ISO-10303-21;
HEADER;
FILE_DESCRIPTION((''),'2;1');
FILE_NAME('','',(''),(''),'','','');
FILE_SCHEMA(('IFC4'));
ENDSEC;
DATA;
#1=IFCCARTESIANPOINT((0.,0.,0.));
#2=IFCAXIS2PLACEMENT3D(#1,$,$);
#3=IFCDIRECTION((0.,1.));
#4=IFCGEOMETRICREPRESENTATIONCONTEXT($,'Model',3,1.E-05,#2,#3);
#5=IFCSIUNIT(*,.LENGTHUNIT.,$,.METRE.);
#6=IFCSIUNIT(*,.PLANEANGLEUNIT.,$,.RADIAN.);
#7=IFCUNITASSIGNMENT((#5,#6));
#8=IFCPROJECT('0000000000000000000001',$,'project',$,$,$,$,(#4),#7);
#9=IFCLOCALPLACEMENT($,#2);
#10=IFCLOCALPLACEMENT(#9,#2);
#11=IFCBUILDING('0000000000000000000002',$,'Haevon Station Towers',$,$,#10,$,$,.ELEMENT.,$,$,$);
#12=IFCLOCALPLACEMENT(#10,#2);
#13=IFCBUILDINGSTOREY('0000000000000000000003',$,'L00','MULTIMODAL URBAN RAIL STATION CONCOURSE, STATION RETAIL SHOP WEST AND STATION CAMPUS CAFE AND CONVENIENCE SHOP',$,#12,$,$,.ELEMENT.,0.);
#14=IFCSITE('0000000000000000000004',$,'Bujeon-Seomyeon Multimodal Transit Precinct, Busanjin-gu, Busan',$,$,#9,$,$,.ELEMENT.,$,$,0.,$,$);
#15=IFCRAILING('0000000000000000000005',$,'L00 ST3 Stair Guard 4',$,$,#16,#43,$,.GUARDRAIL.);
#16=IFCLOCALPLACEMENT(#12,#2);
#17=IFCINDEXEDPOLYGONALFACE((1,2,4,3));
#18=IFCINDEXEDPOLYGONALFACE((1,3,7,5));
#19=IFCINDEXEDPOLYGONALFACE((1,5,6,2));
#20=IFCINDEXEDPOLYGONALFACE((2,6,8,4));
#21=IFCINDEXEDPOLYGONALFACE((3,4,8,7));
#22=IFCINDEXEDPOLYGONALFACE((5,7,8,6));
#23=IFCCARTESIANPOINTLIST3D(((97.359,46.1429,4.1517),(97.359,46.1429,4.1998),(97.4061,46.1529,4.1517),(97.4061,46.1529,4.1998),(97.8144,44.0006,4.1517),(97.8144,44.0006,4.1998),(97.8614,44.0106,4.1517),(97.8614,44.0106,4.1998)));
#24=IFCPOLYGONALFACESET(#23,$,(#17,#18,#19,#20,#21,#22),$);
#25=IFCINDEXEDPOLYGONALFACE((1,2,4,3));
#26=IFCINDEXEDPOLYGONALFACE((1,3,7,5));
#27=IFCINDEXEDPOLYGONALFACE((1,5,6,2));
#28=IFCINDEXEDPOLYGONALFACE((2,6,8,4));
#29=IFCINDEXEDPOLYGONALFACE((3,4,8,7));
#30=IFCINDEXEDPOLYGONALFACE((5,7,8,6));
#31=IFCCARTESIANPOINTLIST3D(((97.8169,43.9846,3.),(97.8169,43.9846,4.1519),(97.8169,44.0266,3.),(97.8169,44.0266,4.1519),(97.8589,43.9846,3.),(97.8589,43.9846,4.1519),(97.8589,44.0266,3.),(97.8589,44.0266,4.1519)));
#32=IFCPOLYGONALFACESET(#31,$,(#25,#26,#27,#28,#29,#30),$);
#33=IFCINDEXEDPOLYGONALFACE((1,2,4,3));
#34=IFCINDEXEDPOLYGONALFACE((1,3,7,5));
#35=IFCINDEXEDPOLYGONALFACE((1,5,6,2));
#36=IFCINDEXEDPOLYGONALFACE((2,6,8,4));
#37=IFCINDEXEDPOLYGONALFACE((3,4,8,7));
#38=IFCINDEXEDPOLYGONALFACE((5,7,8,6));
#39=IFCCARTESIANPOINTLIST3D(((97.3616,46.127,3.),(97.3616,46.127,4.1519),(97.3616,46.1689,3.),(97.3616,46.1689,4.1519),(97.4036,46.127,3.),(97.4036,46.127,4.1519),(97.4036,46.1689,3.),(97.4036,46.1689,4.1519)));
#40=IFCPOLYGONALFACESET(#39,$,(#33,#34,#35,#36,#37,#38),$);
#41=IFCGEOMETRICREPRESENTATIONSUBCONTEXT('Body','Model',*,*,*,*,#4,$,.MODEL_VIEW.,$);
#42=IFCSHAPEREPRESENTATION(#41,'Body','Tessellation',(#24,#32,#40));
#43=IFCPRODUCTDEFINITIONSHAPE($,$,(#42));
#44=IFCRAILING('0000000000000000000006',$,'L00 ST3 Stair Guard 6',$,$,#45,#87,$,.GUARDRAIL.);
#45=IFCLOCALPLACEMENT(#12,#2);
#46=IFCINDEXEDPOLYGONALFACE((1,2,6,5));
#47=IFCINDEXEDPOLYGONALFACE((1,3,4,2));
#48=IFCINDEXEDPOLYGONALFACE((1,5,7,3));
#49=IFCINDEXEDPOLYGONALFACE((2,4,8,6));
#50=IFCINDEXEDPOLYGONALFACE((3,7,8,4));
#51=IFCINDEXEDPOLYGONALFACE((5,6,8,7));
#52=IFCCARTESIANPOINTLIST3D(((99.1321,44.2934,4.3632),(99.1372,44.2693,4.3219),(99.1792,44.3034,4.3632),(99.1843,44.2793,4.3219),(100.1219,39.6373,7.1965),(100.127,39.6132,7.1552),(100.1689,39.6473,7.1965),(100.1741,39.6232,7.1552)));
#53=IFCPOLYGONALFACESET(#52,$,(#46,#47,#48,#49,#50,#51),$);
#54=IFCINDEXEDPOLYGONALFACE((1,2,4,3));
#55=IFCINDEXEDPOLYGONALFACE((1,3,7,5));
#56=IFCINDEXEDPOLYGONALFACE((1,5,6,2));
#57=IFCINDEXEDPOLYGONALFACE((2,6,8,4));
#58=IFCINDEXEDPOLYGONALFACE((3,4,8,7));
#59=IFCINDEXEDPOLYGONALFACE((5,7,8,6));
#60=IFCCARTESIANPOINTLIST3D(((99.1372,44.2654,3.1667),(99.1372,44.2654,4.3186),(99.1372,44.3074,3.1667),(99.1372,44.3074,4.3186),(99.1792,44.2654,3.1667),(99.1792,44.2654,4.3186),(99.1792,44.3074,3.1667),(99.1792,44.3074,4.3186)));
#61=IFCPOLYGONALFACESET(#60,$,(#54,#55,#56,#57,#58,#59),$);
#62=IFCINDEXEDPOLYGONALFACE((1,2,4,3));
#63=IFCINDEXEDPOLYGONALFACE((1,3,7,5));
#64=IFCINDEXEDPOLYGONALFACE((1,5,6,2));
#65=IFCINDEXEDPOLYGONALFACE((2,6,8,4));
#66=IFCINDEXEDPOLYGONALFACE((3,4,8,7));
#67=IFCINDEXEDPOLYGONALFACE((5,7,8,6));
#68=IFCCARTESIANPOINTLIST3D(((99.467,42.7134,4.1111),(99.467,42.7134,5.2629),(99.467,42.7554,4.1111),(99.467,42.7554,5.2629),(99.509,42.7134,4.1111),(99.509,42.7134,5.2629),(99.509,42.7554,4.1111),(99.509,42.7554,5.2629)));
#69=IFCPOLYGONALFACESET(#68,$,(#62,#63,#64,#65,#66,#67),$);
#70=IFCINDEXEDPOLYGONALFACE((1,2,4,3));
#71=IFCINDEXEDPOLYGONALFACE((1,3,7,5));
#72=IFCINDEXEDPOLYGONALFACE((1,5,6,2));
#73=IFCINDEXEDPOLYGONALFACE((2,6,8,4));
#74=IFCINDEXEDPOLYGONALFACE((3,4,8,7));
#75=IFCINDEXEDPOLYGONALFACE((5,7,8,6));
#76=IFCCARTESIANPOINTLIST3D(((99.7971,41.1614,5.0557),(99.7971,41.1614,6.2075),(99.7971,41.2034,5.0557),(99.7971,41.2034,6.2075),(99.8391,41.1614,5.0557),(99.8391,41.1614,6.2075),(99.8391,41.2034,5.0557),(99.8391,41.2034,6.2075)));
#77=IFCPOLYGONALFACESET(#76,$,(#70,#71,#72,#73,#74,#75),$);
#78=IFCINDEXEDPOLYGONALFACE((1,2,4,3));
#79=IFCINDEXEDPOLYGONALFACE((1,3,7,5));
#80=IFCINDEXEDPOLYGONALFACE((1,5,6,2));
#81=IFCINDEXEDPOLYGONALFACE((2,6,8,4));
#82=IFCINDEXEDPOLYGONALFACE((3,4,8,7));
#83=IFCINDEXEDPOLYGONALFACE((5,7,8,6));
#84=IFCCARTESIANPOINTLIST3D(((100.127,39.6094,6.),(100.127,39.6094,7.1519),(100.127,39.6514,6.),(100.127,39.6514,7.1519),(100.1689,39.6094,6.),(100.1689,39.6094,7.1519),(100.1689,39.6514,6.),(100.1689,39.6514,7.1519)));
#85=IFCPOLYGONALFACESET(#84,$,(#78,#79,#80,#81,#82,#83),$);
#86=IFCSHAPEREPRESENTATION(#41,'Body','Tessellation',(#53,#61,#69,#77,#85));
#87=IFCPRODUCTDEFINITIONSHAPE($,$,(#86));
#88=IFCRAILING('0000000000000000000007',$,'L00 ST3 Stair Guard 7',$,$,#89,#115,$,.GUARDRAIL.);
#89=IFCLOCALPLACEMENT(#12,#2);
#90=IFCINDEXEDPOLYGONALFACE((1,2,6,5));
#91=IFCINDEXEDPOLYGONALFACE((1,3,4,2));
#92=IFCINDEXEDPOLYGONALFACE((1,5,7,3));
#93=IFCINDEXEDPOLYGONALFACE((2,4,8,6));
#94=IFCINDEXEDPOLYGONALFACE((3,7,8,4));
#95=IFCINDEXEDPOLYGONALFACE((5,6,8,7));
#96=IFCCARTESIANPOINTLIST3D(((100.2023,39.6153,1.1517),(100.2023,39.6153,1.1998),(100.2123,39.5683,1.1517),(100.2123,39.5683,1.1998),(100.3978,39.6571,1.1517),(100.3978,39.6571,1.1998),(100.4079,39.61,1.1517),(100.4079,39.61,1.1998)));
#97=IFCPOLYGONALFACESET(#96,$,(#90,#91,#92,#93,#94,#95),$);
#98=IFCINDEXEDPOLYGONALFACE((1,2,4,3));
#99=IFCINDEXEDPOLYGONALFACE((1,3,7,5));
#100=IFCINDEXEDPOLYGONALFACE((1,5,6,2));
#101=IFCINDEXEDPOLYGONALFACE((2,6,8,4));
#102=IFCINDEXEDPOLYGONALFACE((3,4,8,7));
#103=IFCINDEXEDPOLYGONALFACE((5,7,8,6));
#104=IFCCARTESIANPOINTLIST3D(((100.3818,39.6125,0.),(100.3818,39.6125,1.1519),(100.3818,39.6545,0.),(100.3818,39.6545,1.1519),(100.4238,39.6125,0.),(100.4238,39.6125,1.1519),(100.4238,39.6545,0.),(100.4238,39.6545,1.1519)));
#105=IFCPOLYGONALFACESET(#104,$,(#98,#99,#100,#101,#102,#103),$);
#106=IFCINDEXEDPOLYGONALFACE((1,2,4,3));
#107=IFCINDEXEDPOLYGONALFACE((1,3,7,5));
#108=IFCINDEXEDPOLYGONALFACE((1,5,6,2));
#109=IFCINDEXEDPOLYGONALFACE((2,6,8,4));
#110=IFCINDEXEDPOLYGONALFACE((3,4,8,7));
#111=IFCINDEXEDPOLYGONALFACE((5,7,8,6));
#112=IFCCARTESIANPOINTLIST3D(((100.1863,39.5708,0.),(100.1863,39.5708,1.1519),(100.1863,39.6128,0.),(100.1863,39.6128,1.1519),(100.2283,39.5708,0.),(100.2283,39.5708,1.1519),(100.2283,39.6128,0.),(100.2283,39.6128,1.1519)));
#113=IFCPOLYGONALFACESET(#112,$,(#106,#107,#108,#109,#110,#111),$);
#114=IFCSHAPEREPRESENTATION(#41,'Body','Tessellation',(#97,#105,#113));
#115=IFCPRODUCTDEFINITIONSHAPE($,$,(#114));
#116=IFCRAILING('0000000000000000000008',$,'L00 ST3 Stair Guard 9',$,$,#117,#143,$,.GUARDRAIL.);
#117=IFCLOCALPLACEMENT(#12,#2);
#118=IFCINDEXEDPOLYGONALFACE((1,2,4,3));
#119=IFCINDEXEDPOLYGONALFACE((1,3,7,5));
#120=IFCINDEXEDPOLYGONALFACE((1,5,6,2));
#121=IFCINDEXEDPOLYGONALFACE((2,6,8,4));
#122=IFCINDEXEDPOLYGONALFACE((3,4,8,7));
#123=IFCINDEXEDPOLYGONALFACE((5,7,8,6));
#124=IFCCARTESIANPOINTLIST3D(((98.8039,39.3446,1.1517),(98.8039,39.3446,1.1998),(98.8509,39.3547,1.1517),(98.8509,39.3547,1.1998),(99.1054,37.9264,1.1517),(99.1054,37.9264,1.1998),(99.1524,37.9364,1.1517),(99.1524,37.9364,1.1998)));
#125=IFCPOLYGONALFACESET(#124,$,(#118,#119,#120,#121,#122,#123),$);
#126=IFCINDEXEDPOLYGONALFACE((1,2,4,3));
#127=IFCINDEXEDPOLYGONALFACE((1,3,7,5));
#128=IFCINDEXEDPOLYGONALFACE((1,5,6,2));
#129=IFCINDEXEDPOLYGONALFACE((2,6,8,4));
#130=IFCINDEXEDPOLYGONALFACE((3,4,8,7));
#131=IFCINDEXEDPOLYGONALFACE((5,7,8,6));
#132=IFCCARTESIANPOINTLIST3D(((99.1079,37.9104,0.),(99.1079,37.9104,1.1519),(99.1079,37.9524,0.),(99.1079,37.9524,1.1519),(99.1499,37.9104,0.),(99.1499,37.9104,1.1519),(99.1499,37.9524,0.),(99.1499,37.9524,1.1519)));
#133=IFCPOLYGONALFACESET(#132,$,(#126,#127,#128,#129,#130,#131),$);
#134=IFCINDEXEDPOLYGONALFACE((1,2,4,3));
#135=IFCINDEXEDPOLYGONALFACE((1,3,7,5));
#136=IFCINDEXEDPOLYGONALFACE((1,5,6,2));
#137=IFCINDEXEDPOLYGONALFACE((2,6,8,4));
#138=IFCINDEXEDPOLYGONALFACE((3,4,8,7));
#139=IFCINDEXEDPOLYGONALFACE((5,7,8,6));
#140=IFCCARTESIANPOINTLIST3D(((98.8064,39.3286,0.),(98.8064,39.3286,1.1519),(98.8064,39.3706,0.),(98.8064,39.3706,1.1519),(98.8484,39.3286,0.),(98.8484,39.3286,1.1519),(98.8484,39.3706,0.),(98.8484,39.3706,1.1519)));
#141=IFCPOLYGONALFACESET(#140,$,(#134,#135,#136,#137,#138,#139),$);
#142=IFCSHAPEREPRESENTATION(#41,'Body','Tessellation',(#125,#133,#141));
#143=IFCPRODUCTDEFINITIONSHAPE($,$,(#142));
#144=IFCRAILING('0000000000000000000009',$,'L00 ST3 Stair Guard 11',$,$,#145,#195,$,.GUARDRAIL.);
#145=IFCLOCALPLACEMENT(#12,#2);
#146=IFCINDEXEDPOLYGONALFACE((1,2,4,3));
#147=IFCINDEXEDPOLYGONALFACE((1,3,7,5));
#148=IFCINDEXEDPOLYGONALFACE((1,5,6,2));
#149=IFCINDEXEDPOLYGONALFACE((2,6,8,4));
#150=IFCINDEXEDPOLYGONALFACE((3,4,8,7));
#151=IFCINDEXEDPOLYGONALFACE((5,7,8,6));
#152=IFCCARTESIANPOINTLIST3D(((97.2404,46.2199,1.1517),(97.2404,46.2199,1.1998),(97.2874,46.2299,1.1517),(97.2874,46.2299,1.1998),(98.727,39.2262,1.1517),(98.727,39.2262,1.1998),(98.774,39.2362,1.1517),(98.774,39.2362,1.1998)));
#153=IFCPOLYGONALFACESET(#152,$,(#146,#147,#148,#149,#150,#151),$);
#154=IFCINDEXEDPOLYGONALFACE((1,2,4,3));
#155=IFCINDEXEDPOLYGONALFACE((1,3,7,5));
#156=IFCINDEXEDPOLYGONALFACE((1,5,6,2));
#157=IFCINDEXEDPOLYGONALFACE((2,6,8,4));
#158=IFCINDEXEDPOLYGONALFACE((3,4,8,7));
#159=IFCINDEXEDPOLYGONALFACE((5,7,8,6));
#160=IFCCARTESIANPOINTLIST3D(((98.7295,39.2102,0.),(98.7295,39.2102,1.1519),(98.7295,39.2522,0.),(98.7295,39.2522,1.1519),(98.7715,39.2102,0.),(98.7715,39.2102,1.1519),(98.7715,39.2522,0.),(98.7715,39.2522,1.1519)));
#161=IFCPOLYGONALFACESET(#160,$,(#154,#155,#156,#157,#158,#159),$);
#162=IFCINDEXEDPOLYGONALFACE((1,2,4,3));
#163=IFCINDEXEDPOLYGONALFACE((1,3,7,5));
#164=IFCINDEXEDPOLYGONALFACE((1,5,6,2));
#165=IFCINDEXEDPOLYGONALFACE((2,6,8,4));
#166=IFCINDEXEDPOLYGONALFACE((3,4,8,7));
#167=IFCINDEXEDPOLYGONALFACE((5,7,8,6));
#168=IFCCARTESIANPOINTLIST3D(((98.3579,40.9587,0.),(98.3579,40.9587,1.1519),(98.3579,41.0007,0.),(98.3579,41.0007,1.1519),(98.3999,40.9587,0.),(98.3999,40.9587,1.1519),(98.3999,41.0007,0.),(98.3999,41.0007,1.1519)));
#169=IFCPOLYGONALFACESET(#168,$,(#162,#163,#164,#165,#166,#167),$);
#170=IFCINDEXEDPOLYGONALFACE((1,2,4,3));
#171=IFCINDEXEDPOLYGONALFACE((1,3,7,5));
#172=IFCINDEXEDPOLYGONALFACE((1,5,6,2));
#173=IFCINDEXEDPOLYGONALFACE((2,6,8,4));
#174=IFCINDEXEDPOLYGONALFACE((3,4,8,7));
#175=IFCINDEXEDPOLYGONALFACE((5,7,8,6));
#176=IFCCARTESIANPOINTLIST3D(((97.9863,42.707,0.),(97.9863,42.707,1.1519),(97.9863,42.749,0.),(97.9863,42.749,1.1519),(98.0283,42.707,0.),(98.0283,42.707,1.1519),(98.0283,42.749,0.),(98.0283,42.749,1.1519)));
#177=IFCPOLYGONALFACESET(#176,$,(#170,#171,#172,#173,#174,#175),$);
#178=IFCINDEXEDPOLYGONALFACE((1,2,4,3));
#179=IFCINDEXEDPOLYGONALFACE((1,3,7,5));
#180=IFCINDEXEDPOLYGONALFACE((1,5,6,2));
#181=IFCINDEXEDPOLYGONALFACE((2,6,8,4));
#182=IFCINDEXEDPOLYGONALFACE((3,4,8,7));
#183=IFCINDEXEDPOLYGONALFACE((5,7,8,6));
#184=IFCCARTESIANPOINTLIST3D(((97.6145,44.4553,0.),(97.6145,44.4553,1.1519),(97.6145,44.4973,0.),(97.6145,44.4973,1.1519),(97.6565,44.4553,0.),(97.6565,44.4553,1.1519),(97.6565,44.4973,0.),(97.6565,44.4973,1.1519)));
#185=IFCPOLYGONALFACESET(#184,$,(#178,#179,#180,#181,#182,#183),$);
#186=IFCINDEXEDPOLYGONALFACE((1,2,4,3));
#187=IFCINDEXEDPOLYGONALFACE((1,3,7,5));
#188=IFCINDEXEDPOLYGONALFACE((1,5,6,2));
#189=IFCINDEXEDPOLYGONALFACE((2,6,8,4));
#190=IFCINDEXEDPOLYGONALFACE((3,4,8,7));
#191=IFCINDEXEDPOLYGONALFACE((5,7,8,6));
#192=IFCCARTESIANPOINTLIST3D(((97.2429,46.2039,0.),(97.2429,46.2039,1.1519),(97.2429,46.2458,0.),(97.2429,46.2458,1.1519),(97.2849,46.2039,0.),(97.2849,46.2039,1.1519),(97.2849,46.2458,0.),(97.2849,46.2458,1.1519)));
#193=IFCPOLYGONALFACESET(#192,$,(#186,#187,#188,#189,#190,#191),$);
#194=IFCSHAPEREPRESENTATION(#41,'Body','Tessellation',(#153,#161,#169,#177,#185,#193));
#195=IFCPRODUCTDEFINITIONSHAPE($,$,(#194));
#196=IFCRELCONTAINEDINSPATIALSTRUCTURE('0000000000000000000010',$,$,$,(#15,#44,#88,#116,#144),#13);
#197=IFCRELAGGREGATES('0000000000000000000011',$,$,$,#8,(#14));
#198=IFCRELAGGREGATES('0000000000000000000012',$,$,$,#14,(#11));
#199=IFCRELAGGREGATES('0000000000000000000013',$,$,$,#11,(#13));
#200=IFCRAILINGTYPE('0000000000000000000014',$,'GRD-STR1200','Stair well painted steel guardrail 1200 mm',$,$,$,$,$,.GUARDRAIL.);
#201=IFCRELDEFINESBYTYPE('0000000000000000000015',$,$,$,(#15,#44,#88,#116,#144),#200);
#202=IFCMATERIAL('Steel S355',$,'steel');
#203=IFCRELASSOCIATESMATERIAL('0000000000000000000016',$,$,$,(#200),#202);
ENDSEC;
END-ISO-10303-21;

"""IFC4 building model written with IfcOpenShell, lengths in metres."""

from ifc_helpers import new_model, si_unit, direction, frame, origin, origin_2d, place, context, subcontext, project, spatial, rectangle, extrude, material, type_object, element, save


model = new_model("IFC4")

# Units and contexts
model_context = context("Model", 3, precision=1e-05, world=origin(), true_north=direction((0.0, 1.0)))
body_context = subcontext(model_context, "Body", "Model", "MODEL_VIEW")
ifc_project = project(units=[si_unit("LENGTHUNIT", "METRE"), si_unit("PLANEANGLEUNIT", "RADIAN")], contexts=[model_context])

# Site, building, storey
site_placement = place(None, origin())
site = spatial("IfcSite", under=ifc_project, at=site_placement, Name="Bujeon-Seomyeon Multimodal Transit Precinct, Busanjin-gu, Busan", CompositionType="ELEMENT", RefElevation=0.0)
building_placement = place(site_placement, origin())
building = spatial("IfcBuilding", under=site, at=building_placement, Name="Haevon Station Towers", CompositionType="ELEMENT")
storey_placement = place(building_placement, origin())
storey = spatial("IfcBuildingStorey", under=building, at=storey_placement, Name="L00", Description="MULTIMODAL URBAN RAIL STATION CONCOURSE, STATION RETAIL SHOP WEST AND STATION CAMPUS CAFE AND CONVENIENCE SHOP", CompositionType="ELEMENT", Elevation=0.0)

# Shared definitions
ifc_material_1 = material(Name="Steel S355", Category="steel")

# Railings
railing_type_1 = type_object("IfcRailingType", Name="GRD-STR1200", Description="Stair well painted steel guardrail 1200 mm", PredefinedType="GUARDRAIL", material=ifc_material_1)
railing_1_placement = place(storey_placement, frame((97.8379, 44.0056, 3.0)))
element("IfcRailing", 1, at=railing_1_placement, inside=storey, type_object=railing_type_1, Name="L00 ST3 Stair Guard 4", PredefinedType="GUARDRAIL", context=body_context, shape_type="SweptSolid", body=[
    extrude(rectangle(XDim=0.0481, YDim=0.0481, at=origin_2d()), frame((0.0, 0.0, 1.1758), z_axis=(-0.207892, 0.978152, 0.0), x_axis=(-0.978152, -0.207892, 0.0)), (0.0, 0.0, 1.0), 2.1902),
    extrude(rectangle(XDim=0.042, YDim=0.042, at=origin_2d()), origin(), (0.0, 0.0, 1.0), 1.1519),
    extrude(rectangle(XDim=0.042, YDim=0.042, at=origin_2d()), frame((-0.4553, 2.1423, 0.0)), (0.0, 0.0, 1.0), 1.1519),
])
railing_2_placement = place(storey_placement, frame((99.1582, 44.2864, 3.1667)))
element("IfcRailing", 2, at=railing_2_placement, inside=storey, type_object=railing_type_1, Name="L00 ST3 Stair Guard 6", PredefinedType="GUARDRAIL", context=body_context, shape_type="SweptSolid", body=[
    extrude(rectangle(XDim=0.0481, YDim=0.0481, at=origin_2d()), frame((0.0, 0.0, 1.1758), z_axis=(0.178673, -0.84052, 0.51147), x_axis=(0.978144, 0.207928, 0.0)), (0.0, 0.0, 1.0), 5.5396),
    extrude(rectangle(XDim=0.042, YDim=0.042, at=origin_2d()), origin(), (0.0, 0.0, 1.0), 1.1519),
    extrude(rectangle(XDim=0.042, YDim=0.042, at=origin_2d()), frame((0.3298, -1.552, 0.9443)), (0.0, 0.0, 1.0), 1.1519),
    extrude(rectangle(XDim=0.042, YDim=0.042, at=origin_2d()), frame((0.6599, -3.104, 1.8889)), (0.0, 0.0, 1.0), 1.1519),
    extrude(rectangle(XDim=0.042, YDim=0.042, at=origin_2d()), frame((0.9897, -4.656, 2.8333)), (0.0, 0.0, 1.0), 1.1519),
])
railing_3_placement = place(storey_placement, frame((100.4028, 39.6335, 0.0)))
element("IfcRailing", 3, at=railing_3_placement, inside=storey, type_object=railing_type_1, Name="L00 ST3 Stair Guard 7", PredefinedType="GUARDRAIL", context=body_context, shape_type="SweptSolid", body=[
    extrude(rectangle(XDim=0.0481, YDim=0.0481, at=origin_2d()), frame((0.0, 0.0, 1.1758), z_axis=(-0.977963, -0.208779, 0.0), x_axis=(0.208779, -0.977963, 0.0)), (0.0, 0.0, 1.0), 0.2),
    extrude(rectangle(XDim=0.042, YDim=0.042, at=origin_2d()), origin(), (0.0, 0.0, 1.0), 1.1519),
    extrude(rectangle(XDim=0.042, YDim=0.042, at=origin_2d()), frame((-0.1956, -0.0417, 0.0)), (0.0, 0.0, 1.0), 1.1519),
])
railing_4_placement = place(storey_placement, frame((99.1289, 37.9314, 0.0)))
element("IfcRailing", 4, at=railing_4_placement, inside=storey, type_object=railing_type_1, Name="L00 ST3 Stair Guard 9", PredefinedType="GUARDRAIL", context=body_context, shape_type="SweptSolid", body=[
    extrude(rectangle(XDim=0.0481, YDim=0.0481, at=origin_2d()), frame((0.0, 0.0, 1.1758), z_axis=(-0.207953, 0.978139, 0.0), x_axis=(-0.978139, -0.207953, 0.0)), (0.0, 0.0, 1.0), 1.45),
    extrude(rectangle(XDim=0.042, YDim=0.042, at=origin_2d()), origin(), (0.0, 0.0, 1.0), 1.1519),
    extrude(rectangle(XDim=0.042, YDim=0.042, at=origin_2d()), frame((-0.3015, 1.4182, 0.0)), (0.0, 0.0, 1.0), 1.1519),
])
railing_5_placement = place(storey_placement, frame((98.7505, 39.2312, 0.0)))
element("IfcRailing", 5, at=railing_5_placement, inside=storey, type_object=railing_type_1, Name="L00 ST3 Stair Guard 11", PredefinedType="GUARDRAIL", context=body_context, shape_type="SweptSolid", body=[
    extrude(rectangle(XDim=0.0481, YDim=0.0481, at=origin_2d()), frame((0.0, 0.0, 1.1758), z_axis=(-0.207915, 0.978147, 0.0), x_axis=(-0.978147, -0.207915, 0.0)), (0.0, 0.0, 1.0), 7.1499),
    extrude(rectangle(XDim=0.042, YDim=0.042, at=origin_2d()), origin(), (0.0, 0.0, 1.0), 1.1519),
    extrude(rectangle(XDim=0.042, YDim=0.042, at=origin_2d()), frame((-0.3716, 1.7485, 0.0)), (0.0, 0.0, 1.0), 1.1519),
    extrude(rectangle(XDim=0.042, YDim=0.042, at=origin_2d()), frame((-0.7432, 3.4968, 0.0)), (0.0, 0.0, 1.0), 1.1519),
    extrude(rectangle(XDim=0.042, YDim=0.042, at=origin_2d()), frame((-1.115, 5.2451, 0.0)), (0.0, 0.0, 1.0), 1.1519),
    extrude(rectangle(XDim=0.042, YDim=0.042, at=origin_2d()), frame((-1.4866, 6.9937, 0.0)), (0.0, 0.0, 1.0), 1.1519),
])

save(model, "model.ifc")
